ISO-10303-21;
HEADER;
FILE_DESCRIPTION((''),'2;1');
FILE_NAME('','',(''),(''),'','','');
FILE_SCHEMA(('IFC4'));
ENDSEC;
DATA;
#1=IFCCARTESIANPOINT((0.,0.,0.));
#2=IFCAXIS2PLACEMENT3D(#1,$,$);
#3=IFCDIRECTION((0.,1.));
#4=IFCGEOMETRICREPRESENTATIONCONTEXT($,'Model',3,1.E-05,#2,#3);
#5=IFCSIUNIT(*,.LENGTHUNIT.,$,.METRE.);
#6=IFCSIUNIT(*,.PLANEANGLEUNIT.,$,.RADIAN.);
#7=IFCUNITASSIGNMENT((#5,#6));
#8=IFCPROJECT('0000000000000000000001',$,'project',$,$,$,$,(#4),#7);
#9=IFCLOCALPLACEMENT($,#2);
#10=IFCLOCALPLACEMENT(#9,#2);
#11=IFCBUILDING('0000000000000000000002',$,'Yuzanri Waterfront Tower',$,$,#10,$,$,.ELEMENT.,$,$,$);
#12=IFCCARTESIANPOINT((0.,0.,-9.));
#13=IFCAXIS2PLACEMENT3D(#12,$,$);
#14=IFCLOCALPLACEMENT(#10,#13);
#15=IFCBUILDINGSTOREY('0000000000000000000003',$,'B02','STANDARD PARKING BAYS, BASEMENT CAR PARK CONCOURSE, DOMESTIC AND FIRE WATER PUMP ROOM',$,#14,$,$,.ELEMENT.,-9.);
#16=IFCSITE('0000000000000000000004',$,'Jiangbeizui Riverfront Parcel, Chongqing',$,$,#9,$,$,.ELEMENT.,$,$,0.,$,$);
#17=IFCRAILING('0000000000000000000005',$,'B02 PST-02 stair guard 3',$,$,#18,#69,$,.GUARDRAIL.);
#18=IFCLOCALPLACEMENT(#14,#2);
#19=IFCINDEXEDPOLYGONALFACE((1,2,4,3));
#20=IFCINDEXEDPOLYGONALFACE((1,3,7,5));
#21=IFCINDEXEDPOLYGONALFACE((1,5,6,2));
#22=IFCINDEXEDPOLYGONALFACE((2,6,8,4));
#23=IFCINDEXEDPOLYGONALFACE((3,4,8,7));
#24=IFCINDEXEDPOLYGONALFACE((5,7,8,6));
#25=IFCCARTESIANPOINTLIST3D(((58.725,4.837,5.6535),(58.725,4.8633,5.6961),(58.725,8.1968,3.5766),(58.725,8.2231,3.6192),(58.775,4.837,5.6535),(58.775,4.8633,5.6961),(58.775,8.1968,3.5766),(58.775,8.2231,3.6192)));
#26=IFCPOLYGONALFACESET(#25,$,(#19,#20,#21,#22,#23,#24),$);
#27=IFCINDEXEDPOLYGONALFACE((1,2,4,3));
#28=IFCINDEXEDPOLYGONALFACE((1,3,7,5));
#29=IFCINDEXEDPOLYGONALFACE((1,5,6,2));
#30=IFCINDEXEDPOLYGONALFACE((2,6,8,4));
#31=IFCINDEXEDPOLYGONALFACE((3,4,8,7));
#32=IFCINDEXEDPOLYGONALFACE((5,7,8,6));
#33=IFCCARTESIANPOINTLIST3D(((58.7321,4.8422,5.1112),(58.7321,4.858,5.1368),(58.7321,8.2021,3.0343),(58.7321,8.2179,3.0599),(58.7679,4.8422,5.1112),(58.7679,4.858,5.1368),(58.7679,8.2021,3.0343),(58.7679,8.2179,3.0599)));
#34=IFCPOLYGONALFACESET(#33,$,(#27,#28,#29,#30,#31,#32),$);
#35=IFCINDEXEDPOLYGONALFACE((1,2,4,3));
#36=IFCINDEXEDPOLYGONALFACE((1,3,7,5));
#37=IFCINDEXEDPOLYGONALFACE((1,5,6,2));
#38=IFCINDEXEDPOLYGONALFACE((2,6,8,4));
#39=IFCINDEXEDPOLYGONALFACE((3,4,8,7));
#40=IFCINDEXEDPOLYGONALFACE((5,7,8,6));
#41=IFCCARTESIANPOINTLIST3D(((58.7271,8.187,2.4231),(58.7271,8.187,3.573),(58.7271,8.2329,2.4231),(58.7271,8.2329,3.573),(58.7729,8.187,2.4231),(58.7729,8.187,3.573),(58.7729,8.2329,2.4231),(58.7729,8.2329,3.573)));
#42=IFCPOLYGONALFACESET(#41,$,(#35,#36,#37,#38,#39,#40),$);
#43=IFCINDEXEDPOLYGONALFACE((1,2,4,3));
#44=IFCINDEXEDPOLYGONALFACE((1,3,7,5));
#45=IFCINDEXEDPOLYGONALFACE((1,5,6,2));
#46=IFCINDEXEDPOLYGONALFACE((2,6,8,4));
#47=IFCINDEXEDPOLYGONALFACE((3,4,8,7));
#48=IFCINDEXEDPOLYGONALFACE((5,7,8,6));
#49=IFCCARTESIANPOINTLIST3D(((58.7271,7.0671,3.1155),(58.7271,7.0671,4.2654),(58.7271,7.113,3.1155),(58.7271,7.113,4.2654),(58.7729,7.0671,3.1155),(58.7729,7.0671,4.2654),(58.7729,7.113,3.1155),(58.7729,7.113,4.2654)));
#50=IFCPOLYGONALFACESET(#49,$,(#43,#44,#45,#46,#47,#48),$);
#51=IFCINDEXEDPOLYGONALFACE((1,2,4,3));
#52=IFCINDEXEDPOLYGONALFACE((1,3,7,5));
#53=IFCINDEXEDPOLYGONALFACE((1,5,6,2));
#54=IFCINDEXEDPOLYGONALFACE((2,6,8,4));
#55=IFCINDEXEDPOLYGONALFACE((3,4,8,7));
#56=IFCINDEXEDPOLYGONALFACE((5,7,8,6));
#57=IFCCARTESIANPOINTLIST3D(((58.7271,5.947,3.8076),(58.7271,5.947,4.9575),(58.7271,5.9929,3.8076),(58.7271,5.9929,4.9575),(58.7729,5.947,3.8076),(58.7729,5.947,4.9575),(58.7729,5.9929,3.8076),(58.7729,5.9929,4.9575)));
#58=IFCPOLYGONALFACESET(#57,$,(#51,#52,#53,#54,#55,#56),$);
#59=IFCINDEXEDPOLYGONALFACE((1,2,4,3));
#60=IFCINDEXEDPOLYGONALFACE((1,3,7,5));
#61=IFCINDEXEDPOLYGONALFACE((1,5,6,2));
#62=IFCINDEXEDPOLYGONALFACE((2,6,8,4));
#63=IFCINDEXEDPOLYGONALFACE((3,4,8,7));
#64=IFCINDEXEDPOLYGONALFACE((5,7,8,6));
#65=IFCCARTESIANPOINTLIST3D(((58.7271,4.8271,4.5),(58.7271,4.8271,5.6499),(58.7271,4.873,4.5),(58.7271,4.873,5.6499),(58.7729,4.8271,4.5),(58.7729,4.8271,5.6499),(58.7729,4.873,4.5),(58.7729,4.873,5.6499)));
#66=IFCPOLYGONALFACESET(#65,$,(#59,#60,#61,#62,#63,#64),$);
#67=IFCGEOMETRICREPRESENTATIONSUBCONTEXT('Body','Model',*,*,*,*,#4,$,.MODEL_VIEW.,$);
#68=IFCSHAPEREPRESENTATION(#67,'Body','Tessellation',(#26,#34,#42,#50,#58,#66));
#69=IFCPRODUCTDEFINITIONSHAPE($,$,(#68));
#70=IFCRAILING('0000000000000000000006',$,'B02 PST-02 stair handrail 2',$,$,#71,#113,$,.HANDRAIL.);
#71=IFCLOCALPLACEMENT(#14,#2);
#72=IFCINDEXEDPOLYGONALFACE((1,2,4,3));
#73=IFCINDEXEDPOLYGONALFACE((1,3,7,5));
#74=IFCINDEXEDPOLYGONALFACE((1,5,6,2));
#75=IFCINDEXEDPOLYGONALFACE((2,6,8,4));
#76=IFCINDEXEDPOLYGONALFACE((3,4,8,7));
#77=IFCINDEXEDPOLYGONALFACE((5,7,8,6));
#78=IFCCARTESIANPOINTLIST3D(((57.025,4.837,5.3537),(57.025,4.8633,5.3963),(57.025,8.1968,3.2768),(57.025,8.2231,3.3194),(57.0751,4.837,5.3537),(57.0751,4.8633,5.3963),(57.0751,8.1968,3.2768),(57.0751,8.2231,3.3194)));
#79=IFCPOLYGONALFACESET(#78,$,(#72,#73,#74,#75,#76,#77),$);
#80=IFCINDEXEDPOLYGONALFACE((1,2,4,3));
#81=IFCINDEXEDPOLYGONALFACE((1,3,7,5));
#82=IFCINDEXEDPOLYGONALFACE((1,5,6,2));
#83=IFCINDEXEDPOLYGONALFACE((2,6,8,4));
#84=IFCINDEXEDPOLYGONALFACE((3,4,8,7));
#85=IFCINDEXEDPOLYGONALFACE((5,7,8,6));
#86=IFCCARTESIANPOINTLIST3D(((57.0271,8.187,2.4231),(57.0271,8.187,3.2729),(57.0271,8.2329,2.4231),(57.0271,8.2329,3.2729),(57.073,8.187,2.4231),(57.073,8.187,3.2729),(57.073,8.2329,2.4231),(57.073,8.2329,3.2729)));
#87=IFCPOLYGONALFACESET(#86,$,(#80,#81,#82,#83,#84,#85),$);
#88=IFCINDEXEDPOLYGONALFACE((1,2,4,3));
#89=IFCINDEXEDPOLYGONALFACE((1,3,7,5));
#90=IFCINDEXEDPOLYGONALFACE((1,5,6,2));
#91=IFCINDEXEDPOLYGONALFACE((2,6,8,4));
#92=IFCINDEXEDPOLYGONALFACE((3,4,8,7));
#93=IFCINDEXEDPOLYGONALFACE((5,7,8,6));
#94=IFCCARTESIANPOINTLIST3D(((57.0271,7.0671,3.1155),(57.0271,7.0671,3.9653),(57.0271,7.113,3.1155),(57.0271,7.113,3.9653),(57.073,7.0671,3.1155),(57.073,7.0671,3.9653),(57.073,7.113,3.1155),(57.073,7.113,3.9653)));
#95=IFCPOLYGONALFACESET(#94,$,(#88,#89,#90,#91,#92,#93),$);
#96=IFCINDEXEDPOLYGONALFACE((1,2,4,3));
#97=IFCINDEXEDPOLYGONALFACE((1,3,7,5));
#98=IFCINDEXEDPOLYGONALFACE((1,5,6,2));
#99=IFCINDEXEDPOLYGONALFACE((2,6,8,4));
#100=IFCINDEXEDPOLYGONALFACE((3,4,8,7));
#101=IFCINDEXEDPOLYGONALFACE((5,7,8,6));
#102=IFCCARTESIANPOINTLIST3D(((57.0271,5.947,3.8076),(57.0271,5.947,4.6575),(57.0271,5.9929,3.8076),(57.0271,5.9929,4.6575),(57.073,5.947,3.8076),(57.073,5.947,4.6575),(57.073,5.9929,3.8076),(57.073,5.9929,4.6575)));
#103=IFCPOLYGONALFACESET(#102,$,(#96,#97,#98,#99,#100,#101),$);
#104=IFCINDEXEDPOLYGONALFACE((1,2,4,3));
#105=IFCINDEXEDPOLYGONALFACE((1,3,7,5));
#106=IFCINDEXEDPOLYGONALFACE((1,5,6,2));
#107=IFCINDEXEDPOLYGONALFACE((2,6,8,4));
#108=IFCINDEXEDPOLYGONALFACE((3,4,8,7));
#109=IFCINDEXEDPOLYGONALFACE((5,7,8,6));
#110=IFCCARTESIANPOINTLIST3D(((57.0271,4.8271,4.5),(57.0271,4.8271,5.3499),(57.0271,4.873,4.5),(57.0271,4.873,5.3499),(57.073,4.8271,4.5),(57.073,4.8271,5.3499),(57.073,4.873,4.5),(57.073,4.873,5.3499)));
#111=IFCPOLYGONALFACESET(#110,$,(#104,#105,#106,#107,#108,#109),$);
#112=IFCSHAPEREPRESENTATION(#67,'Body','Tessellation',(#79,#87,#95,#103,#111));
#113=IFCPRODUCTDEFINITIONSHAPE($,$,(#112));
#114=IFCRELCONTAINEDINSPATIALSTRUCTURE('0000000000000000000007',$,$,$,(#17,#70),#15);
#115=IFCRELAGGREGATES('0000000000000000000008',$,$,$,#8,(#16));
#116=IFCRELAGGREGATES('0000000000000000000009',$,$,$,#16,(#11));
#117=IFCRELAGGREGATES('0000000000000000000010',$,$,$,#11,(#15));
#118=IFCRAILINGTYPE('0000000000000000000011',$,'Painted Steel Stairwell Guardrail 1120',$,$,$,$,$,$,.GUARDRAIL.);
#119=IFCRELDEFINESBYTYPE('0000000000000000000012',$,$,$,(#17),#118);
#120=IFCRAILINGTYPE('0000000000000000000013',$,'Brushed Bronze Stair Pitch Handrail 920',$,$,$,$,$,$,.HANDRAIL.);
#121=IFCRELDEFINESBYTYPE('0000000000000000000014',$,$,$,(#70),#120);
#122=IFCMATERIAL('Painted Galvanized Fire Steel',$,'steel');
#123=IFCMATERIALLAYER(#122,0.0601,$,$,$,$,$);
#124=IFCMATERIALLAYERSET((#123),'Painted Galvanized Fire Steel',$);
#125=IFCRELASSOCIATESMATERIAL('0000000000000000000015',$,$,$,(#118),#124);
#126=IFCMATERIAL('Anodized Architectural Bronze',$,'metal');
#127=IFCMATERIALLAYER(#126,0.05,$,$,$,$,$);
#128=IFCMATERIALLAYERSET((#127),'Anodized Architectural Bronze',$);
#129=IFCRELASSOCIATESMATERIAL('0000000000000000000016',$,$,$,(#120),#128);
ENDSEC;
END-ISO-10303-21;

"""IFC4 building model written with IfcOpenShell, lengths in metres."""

from ifc_helpers import new_model, si_unit, direction, frame, origin, origin_2d, place, context, subcontext, project, spatial, rectangle, extrude, source, transform, mapped, material, layer, layer_set, type_object, element, save


model = new_model("IFC4")

# Units and contexts
model_context = context("Model", 3, precision=1e-05, world=origin(), true_north=direction((0.0, 1.0)))
body_context = subcontext(model_context, "Body", "Model", "MODEL_VIEW")
ifc_project = project(units=[si_unit("LENGTHUNIT", "METRE"), si_unit("PLANEANGLEUNIT", "RADIAN")], contexts=[model_context])

# Site, building, storey
site_placement = place(None, origin())
site = spatial("IfcSite", under=ifc_project, at=site_placement, Name="Jiangbeizui Riverfront Parcel, Chongqing", CompositionType="ELEMENT", RefElevation=0.0)
building_placement = place(site_placement, origin())
building = spatial("IfcBuilding", under=site, at=building_placement, Name="Yuzanri Waterfront Tower", CompositionType="ELEMENT")
storey_placement = place(building_placement, frame((0.0, 0.0, -9.0)))
storey = spatial("IfcBuildingStorey", under=building, at=storey_placement, Name="B02", Description="STANDARD PARKING BAYS, BASEMENT CAR PARK CONCOURSE, DOMESTIC AND FIRE WATER PUMP ROOM", CompositionType="ELEMENT", Elevation=-9.0)

# Railings
ifc_material_1 = material(Name="Painted Galvanized Fire Steel", Category="steel")
ifc_layer_1 = layer(ifc_material_1, 0.0601)
ifc_layer_set_1 = layer_set([ifc_layer_1], Name="Painted Galvanized Fire Steel")
railing_type_1 = type_object("IfcRailingType", Name="Painted Steel Stairwell Guardrail 1120", PredefinedType="GUARDRAIL", material=ifc_layer_set_1)
shared_shape_1 = source(origin(), body_context, "Body", "SweptSolid", [
    extrude(rectangle(XDim=0.05, YDim=0.05, at=origin_2d()), frame((0.0, 0.0, 1.1748), z_axis=(0.0, -0.850606, 0.525803), x_axis=(1.0, 0.0, 0.0)), (0.0, 0.0, 1.0), 3.95),
    extrude(rectangle(XDim=0.0359, YDim=0.03, at=origin_2d()), frame((0.0, 0.0, 0.624), z_axis=(0.0, -0.850606, 0.525803), x_axis=(1.0, 0.0, 0.0)), (0.0, 0.0, 1.0), 3.95),
    extrude(rectangle(XDim=0.0459, YDim=0.0459, at=origin_2d()), origin(), (0.0, 0.0, 1.0), 1.1499),
    extrude(rectangle(XDim=0.0459, YDim=0.0459, at=origin_2d()), frame((0.0, -1.1199, 0.6924)), (0.0, 0.0, 1.0), 1.1499),
    extrude(rectangle(XDim=0.0459, YDim=0.0459, at=origin_2d()), frame((0.0, -2.24, 1.3845)), (0.0, 0.0, 1.0), 1.1499),
    extrude(rectangle(XDim=0.0459, YDim=0.0459, at=origin_2d()), frame((0.0, -3.3599, 2.0769)), (0.0, 0.0, 1.0), 1.1499),
])
railing_1_placement = place(storey_placement, frame((58.75, 8.21, 2.4231)))
element("IfcRailing", 1, at=railing_1_placement, inside=storey, type_object=railing_type_1, Name="B02 PST-02 stair guard 3", PredefinedType="GUARDRAIL", context=body_context, shape_type="MappedRepresentation", body=[
    mapped(shared_shape_1, transform((0.0, 0.0, 0.0), scale=1.0)),
])
ifc_material_2 = material(Name="Anodized Architectural Bronze", Category="metal")
ifc_layer_2 = layer(ifc_material_2, 0.05)
ifc_layer_set_2 = layer_set([ifc_layer_2], Name="Anodized Architectural Bronze")
railing_type_2 = type_object("IfcRailingType", Name="Brushed Bronze Stair Pitch Handrail 920", PredefinedType="HANDRAIL", material=ifc_layer_set_2)
shared_shape_2 = source(origin(), body_context, "Body", "SweptSolid", [
    extrude(rectangle(XDim=0.05, YDim=0.05, at=origin_2d()), frame((0.0, 0.0, 0.875), z_axis=(0.0, -0.850606, 0.525803), x_axis=(1.0, 0.0, 0.0)), (0.0, 0.0, 1.0), 3.95),
    extrude(rectangle(XDim=0.0459, YDim=0.0459, at=origin_2d()), origin(), (0.0, 0.0, 1.0), 0.8499),
    extrude(rectangle(XDim=0.0459, YDim=0.0459, at=origin_2d()), frame((0.0, -1.1199, 0.6924)), (0.0, 0.0, 1.0), 0.8499),
    extrude(rectangle(XDim=0.0459, YDim=0.0459, at=origin_2d()), frame((0.0, -2.24, 1.3845)), (0.0, 0.0, 1.0), 0.8499),
    extrude(rectangle(XDim=0.0459, YDim=0.0459, at=origin_2d()), frame((0.0, -3.3599, 2.0769)), (0.0, 0.0, 1.0), 0.8499),
])
railing_2_placement = place(storey_placement, frame((57.05, 8.21, 2.4231)))
element("IfcRailing", 2, at=railing_2_placement, inside=storey, type_object=railing_type_2, Name="B02 PST-02 stair handrail 2", PredefinedType="HANDRAIL", context=body_context, shape_type="MappedRepresentation", body=[
    mapped(shared_shape_2, transform((0.0, 0.0, 0.0), scale=1.0)),
])

save(model, "model.ifc")
